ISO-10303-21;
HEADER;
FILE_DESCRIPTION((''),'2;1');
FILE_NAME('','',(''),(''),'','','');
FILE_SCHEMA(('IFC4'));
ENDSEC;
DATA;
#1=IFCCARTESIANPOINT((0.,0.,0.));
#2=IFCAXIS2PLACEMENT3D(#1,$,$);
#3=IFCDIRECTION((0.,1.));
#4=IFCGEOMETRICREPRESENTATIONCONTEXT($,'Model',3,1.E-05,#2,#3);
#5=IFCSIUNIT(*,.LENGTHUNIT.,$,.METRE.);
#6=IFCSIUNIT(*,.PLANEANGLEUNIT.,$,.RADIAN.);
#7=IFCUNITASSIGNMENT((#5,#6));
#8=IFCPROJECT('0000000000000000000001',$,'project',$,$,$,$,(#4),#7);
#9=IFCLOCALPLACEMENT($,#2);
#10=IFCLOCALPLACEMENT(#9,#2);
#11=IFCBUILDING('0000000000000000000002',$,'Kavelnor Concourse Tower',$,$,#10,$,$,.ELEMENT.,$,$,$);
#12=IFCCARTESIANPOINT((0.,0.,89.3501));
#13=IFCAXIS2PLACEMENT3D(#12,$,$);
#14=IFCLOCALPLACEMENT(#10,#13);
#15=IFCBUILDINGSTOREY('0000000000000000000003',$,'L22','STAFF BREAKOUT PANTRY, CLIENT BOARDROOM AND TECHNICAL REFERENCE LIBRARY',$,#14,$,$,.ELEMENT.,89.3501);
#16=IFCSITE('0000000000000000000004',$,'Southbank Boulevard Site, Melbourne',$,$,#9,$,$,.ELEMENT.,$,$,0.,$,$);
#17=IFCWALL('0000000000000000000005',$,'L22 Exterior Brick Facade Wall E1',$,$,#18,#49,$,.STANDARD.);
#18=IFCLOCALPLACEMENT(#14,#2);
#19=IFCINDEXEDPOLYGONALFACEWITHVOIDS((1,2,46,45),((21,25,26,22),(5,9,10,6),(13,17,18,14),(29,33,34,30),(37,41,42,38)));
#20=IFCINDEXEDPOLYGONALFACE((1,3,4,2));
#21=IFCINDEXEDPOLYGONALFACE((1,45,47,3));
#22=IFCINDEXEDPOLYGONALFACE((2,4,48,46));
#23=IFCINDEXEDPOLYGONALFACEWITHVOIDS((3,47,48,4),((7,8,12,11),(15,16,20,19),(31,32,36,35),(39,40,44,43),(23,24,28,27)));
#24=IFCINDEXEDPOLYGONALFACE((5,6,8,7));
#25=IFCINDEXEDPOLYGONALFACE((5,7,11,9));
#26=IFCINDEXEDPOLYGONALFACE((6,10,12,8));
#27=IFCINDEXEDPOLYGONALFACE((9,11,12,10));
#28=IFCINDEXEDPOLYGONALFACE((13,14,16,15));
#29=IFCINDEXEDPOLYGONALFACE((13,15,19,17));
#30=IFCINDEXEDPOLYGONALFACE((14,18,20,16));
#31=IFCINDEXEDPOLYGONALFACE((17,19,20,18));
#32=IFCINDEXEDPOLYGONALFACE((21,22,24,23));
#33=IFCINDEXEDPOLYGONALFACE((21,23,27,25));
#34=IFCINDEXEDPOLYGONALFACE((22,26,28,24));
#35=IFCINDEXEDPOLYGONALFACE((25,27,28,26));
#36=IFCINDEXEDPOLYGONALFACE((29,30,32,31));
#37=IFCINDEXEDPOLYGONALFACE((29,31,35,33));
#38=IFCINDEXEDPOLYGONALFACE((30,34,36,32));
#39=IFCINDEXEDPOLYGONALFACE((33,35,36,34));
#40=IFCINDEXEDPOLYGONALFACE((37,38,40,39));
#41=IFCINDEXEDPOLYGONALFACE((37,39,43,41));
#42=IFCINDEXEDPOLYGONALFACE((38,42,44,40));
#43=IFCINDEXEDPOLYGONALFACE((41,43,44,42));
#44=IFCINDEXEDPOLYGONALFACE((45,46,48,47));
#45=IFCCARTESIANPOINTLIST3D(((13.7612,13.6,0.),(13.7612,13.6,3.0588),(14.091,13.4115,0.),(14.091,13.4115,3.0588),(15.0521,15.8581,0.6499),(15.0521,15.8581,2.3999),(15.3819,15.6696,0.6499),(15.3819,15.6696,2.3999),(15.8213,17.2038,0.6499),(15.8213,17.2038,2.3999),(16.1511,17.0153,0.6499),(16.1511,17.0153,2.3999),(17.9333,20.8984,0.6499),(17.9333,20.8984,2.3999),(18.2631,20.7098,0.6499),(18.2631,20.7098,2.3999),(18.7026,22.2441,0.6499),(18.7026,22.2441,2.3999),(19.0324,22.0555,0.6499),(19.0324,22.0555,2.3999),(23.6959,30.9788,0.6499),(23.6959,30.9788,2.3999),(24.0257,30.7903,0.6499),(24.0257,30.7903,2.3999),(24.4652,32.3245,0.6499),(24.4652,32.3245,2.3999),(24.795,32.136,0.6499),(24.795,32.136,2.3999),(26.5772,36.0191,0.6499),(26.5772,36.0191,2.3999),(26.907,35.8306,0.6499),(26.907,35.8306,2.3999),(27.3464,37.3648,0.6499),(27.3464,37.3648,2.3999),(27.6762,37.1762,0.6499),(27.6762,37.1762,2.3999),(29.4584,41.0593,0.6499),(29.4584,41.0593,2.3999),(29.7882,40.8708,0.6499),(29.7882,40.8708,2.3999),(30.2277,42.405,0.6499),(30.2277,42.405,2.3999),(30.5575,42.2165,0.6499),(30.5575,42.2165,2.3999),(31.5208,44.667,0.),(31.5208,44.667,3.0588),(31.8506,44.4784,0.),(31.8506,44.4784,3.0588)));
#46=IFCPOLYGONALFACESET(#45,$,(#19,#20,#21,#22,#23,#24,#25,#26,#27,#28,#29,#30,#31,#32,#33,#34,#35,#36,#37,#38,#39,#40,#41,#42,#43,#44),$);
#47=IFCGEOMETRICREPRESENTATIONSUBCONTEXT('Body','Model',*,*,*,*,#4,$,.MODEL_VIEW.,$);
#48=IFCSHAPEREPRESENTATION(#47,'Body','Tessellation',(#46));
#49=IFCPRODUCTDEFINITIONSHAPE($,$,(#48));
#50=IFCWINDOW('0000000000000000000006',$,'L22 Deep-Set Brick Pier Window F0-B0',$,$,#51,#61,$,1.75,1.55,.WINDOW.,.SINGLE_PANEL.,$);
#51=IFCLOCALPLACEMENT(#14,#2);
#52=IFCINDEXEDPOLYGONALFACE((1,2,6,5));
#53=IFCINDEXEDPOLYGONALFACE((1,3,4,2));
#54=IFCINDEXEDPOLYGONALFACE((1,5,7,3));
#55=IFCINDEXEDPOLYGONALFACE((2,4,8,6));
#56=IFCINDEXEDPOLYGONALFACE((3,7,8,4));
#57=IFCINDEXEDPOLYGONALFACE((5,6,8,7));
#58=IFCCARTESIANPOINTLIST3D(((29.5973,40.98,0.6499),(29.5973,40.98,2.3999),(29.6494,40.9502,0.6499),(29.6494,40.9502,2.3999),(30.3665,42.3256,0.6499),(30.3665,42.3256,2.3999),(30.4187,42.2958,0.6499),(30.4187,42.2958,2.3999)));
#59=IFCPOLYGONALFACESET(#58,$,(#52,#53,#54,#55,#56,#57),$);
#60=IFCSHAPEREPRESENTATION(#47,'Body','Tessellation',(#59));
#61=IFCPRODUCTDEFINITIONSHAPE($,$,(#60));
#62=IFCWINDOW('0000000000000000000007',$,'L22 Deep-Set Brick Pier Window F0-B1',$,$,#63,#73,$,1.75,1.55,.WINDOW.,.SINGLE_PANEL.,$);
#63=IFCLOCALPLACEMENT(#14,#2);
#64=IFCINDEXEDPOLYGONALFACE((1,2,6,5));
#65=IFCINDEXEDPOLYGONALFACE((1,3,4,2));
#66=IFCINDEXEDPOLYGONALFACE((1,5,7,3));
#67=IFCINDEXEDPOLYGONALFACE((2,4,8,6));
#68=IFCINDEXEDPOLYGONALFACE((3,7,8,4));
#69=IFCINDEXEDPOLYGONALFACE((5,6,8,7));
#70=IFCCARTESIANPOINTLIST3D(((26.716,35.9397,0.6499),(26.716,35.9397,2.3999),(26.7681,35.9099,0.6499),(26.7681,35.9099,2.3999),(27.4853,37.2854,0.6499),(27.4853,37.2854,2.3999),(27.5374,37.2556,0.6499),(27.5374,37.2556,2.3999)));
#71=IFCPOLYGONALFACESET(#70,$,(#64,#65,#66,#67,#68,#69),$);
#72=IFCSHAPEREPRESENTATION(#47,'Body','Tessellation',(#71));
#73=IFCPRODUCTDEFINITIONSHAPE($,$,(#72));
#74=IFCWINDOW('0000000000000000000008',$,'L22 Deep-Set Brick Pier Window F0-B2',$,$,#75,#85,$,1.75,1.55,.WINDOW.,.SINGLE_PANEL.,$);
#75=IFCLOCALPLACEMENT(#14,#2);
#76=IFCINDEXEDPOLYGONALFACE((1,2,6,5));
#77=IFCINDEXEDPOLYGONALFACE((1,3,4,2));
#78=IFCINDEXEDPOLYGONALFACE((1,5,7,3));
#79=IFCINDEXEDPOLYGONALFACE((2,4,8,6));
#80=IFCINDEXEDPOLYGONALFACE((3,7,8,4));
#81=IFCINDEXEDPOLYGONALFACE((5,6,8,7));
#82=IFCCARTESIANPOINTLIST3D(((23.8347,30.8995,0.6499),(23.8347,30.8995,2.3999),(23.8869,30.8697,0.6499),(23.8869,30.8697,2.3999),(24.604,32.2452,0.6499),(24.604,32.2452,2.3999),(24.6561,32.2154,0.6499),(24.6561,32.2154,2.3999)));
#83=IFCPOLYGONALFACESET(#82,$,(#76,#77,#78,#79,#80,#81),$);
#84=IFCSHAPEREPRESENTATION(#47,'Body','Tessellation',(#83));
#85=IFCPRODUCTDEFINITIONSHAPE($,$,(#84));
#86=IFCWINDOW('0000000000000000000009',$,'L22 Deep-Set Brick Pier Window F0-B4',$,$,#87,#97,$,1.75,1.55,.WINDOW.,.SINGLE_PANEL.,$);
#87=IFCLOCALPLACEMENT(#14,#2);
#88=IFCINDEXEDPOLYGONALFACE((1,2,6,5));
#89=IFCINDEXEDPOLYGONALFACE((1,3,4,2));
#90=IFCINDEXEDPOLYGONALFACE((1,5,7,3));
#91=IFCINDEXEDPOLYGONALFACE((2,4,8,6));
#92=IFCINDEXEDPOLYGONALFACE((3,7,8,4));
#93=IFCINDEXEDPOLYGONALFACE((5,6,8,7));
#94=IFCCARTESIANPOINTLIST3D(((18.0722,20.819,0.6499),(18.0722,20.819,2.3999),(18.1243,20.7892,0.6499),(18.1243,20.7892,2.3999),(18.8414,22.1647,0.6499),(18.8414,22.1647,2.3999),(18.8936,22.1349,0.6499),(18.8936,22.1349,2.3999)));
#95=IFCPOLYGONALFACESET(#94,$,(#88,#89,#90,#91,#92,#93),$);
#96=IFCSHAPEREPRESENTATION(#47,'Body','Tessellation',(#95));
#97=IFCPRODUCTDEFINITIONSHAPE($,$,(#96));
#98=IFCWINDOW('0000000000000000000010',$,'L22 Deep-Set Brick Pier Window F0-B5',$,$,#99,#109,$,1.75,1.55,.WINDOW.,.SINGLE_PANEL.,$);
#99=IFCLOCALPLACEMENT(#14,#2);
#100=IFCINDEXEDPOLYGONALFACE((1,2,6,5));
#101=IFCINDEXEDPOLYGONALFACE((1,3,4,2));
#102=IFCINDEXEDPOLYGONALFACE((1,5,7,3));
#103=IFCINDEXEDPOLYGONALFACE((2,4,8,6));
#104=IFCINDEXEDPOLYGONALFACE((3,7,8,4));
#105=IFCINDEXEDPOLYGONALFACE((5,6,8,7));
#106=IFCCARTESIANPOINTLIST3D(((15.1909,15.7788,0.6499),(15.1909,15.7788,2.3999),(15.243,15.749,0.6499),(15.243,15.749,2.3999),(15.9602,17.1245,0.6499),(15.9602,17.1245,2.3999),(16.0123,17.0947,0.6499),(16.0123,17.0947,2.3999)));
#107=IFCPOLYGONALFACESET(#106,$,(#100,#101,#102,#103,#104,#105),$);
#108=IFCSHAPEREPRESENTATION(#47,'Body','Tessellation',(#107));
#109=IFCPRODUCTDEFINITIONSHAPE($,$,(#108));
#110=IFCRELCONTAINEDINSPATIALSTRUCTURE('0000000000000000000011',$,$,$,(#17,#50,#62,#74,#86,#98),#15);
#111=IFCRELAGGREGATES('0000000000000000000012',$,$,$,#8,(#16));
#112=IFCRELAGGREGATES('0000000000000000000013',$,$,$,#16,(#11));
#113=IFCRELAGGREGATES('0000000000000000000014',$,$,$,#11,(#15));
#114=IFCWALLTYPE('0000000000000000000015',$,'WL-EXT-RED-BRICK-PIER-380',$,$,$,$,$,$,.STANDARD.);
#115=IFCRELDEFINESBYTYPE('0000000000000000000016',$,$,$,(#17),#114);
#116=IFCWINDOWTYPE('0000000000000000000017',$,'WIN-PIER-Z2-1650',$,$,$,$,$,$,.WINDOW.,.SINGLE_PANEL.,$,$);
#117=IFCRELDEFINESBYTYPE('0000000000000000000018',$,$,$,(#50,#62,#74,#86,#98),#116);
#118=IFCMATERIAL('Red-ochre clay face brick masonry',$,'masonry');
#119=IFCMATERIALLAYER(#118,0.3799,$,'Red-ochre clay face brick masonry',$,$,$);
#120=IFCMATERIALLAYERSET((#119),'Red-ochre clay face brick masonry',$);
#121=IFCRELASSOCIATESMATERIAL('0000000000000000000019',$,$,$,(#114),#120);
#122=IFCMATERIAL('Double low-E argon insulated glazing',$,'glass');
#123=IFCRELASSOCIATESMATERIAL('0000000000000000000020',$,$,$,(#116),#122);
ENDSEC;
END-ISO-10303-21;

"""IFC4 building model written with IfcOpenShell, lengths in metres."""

from ifc_helpers import new_model, si_unit, direction, frame, frame_2d, origin, place, context, subcontext, project, spatial, rectangle, extrude, material, layer, layer_set, type_object, element, fill, save


model = new_model("IFC4")

# Units and contexts
model_context = context("Model", 3, precision=1e-05, world=origin(), true_north=direction((0.0, 1.0)))
body_context = subcontext(model_context, "Body", "Model", "MODEL_VIEW")
ifc_project = project(units=[si_unit("LENGTHUNIT", "METRE"), si_unit("PLANEANGLEUNIT", "RADIAN")], contexts=[model_context])

# Site, building, storey
site_placement = place(None, origin())
site = spatial("IfcSite", under=ifc_project, at=site_placement, Name="Southbank Boulevard Site, Melbourne", CompositionType="ELEMENT", RefElevation=0.0)
building_placement = place(site_placement, origin())
building = spatial("IfcBuilding", under=site, at=building_placement, Name="Kavelnor Concourse Tower", CompositionType="ELEMENT")
storey_placement = place(building_placement, frame((0.0, 0.0, 89.3501)))
storey = spatial("IfcBuildingStorey", under=building, at=storey_placement, Name="L22", Description="STAFF BREAKOUT PANTRY, CLIENT BOARDROOM AND TECHNICAL REFERENCE LIBRARY", CompositionType="ELEMENT", Elevation=89.3501)

# Wall, openings, windows
ifc_material_1 = material(Name="Red-ochre clay face brick masonry", Category="masonry")
ifc_layer_1 = layer(ifc_material_1, 0.3799, Name="Red-ochre clay face brick masonry")
ifc_layer_set_1 = layer_set([ifc_layer_1], Name="Red-ochre clay face brick masonry")
wall_type = type_object("IfcWallType", Name="WL-EXT-RED-BRICK-PIER-380", PredefinedType="STANDARD", material=ifc_layer_set_1)
wall_placement = place(storey_placement, frame((13.926, 13.5056, 0.0), z_axis=(0.0, 0.0, 1.0), x_axis=(0.496287, 0.868159, 0.0)))
wall = element("IfcWall", 1, at=wall_placement, inside=storey, type_object=wall_type, Name="L22 Exterior Brick Facade Wall E1", PredefinedType="STANDARD", context=body_context, shape_type="SweptSolid", body=[
    extrude(rectangle(XDim=35.7849, YDim=0.3799, at=frame_2d((17.8926, 0.0))), origin(), (0.0, 0.0, 1.0), 3.0588),
])
opening_1_placement = place(wall_placement, frame((31.6296, 0.0, 0.6499)))
opening_1 = element("IfcOpeningElement", 2, at=opening_1_placement, cuts=wall, PredefinedType="OPENING", context=body_context, shape_type="SweptSolid", body=[
    extrude(rectangle(XDim=1.55, YDim=1.75, at=frame_2d((0.7749, 0.875))), frame((0.0, 0.2, 0.0), z_axis=(0.0, -1.0, 0.0), x_axis=(1.0, 0.0, 0.0)), (0.0, 0.0, 1.0), 0.3999),
])
opening_2_placement = place(wall_placement, frame((25.824, 0.0, 0.6499)))
opening_2 = element("IfcOpeningElement", 3, at=opening_2_placement, cuts=wall, PredefinedType="OPENING", context=body_context, shape_type="SweptSolid", body=[
    extrude(rectangle(XDim=1.55, YDim=1.75, at=frame_2d((0.7749, 0.875))), frame((0.0, 0.2, 0.0), z_axis=(0.0, -1.0, 0.0), x_axis=(1.0, 0.0, 0.0)), (0.0, 0.0, 1.0), 0.3999),
])
opening_3_placement = place(wall_placement, frame((20.0183, 0.0, 0.6499)))
opening_3 = element("IfcOpeningElement", 4, at=opening_3_placement, cuts=wall, PredefinedType="OPENING", context=body_context, shape_type="SweptSolid", body=[
    extrude(rectangle(XDim=1.55, YDim=1.75, at=frame_2d((0.7749, 0.875))), frame((0.0, 0.2, 0.0), z_axis=(0.0, -1.0, 0.0), x_axis=(1.0, 0.0, 0.0)), (0.0, 0.0, 1.0), 0.3999),
])
opening_4_placement = place(wall_placement, frame((8.407, 0.0, 0.6499)))
opening_4 = element("IfcOpeningElement", 5, at=opening_4_placement, cuts=wall, PredefinedType="OPENING", context=body_context, shape_type="SweptSolid", body=[
    extrude(rectangle(XDim=1.55, YDim=1.75, at=frame_2d((0.7749, 0.875))), frame((0.0, 0.2, 0.0), z_axis=(0.0, -1.0, 0.0), x_axis=(1.0, 0.0, 0.0)), (0.0, 0.0, 1.0), 0.3999),
])
opening_5_placement = place(wall_placement, frame((2.6013, 0.0, 0.6499)))
opening_5 = element("IfcOpeningElement", 6, at=opening_5_placement, cuts=wall, PredefinedType="OPENING", context=body_context, shape_type="SweptSolid", body=[
    extrude(rectangle(XDim=1.55, YDim=1.75, at=frame_2d((0.7749, 0.875))), frame((0.0, 0.2, 0.0), z_axis=(0.0, -1.0, 0.0), x_axis=(1.0, 0.0, 0.0)), (0.0, 0.0, 1.0), 0.3999),
])
ifc_material_2 = material(Name="Double low-E argon insulated glazing", Category="glass")
window_type = type_object("IfcWindowType", Name="WIN-PIER-Z2-1650", PartitioningType="SINGLE_PANEL", PredefinedType="WINDOW", material=ifc_material_2)
window_1_placement = place(opening_1_placement, origin())
window_1 = element("IfcWindow", 7, at=window_1_placement, inside=storey, type_object=window_type, Name="L22 Deep-Set Brick Pier Window F0-B0", OverallHeight=1.75, OverallWidth=1.55, PartitioningType="SINGLE_PANEL", PredefinedType="WINDOW", context=body_context, shape_type="SweptSolid", body=[
    extrude(rectangle(XDim=1.55, YDim=1.75, at=frame_2d((0.7749, 0.875))), frame((0.0, 0.03, 0.0), z_axis=(0.0, -1.0, 0.0), x_axis=(1.0, 0.0, 0.0)), (0.0, 0.0, 1.0), 0.0601),
])
fill(opening_1, window_1)
window_2_placement = place(opening_2_placement, origin())
window_2 = element("IfcWindow", 8, at=window_2_placement, inside=storey, type_object=window_type, Name="L22 Deep-Set Brick Pier Window F0-B1", OverallHeight=1.75, OverallWidth=1.55, PartitioningType="SINGLE_PANEL", PredefinedType="WINDOW", context=body_context, shape_type="SweptSolid", body=[
    extrude(rectangle(XDim=1.55, YDim=1.75, at=frame_2d((0.7749, 0.875))), frame((0.0, 0.03, 0.0), z_axis=(0.0, -1.0, 0.0), x_axis=(1.0, 0.0, 0.0)), (0.0, 0.0, 1.0), 0.0601),
])
fill(opening_2, window_2)
window_3_placement = place(opening_3_placement, origin())
window_3 = element("IfcWindow", 9, at=window_3_placement, inside=storey, type_object=window_type, Name="L22 Deep-Set Brick Pier Window F0-B2", OverallHeight=1.75, OverallWidth=1.55, PartitioningType="SINGLE_PANEL", PredefinedType="WINDOW", context=body_context, shape_type="SweptSolid", body=[
    extrude(rectangle(XDim=1.55, YDim=1.75, at=frame_2d((0.7749, 0.875))), frame((0.0, 0.03, 0.0), z_axis=(0.0, -1.0, 0.0), x_axis=(1.0, 0.0, 0.0)), (0.0, 0.0, 1.0), 0.0601),
])
fill(opening_3, window_3)
window_4_placement = place(opening_4_placement, origin())
window_4 = element("IfcWindow", 10, at=window_4_placement, inside=storey, type_object=window_type, Name="L22 Deep-Set Brick Pier Window F0-B4", OverallHeight=1.75, OverallWidth=1.55, PartitioningType="SINGLE_PANEL", PredefinedType="WINDOW", context=body_context, shape_type="SweptSolid", body=[
    extrude(rectangle(XDim=1.55, YDim=1.75, at=frame_2d((0.7749, 0.875))), frame((0.0, 0.03, 0.0), z_axis=(0.0, -1.0, 0.0), x_axis=(1.0, 0.0, 0.0)), (0.0, 0.0, 1.0), 0.0601),
])
fill(opening_4, window_4)
window_5_placement = place(opening_5_placement, origin())
window_5 = element("IfcWindow", 11, at=window_5_placement, inside=storey, type_object=window_type, Name="L22 Deep-Set Brick Pier Window F0-B5", OverallHeight=1.75, OverallWidth=1.55, PartitioningType="SINGLE_PANEL", PredefinedType="WINDOW", context=body_context, shape_type="SweptSolid", body=[
    extrude(rectangle(XDim=1.55, YDim=1.75, at=frame_2d((0.7749, 0.875))), frame((0.0, 0.03, 0.0), z_axis=(0.0, -1.0, 0.0), x_axis=(1.0, 0.0, 0.0)), (0.0, 0.0, 1.0), 0.0601),
])
fill(opening_5, window_5)

save(model, "model.ifc")
